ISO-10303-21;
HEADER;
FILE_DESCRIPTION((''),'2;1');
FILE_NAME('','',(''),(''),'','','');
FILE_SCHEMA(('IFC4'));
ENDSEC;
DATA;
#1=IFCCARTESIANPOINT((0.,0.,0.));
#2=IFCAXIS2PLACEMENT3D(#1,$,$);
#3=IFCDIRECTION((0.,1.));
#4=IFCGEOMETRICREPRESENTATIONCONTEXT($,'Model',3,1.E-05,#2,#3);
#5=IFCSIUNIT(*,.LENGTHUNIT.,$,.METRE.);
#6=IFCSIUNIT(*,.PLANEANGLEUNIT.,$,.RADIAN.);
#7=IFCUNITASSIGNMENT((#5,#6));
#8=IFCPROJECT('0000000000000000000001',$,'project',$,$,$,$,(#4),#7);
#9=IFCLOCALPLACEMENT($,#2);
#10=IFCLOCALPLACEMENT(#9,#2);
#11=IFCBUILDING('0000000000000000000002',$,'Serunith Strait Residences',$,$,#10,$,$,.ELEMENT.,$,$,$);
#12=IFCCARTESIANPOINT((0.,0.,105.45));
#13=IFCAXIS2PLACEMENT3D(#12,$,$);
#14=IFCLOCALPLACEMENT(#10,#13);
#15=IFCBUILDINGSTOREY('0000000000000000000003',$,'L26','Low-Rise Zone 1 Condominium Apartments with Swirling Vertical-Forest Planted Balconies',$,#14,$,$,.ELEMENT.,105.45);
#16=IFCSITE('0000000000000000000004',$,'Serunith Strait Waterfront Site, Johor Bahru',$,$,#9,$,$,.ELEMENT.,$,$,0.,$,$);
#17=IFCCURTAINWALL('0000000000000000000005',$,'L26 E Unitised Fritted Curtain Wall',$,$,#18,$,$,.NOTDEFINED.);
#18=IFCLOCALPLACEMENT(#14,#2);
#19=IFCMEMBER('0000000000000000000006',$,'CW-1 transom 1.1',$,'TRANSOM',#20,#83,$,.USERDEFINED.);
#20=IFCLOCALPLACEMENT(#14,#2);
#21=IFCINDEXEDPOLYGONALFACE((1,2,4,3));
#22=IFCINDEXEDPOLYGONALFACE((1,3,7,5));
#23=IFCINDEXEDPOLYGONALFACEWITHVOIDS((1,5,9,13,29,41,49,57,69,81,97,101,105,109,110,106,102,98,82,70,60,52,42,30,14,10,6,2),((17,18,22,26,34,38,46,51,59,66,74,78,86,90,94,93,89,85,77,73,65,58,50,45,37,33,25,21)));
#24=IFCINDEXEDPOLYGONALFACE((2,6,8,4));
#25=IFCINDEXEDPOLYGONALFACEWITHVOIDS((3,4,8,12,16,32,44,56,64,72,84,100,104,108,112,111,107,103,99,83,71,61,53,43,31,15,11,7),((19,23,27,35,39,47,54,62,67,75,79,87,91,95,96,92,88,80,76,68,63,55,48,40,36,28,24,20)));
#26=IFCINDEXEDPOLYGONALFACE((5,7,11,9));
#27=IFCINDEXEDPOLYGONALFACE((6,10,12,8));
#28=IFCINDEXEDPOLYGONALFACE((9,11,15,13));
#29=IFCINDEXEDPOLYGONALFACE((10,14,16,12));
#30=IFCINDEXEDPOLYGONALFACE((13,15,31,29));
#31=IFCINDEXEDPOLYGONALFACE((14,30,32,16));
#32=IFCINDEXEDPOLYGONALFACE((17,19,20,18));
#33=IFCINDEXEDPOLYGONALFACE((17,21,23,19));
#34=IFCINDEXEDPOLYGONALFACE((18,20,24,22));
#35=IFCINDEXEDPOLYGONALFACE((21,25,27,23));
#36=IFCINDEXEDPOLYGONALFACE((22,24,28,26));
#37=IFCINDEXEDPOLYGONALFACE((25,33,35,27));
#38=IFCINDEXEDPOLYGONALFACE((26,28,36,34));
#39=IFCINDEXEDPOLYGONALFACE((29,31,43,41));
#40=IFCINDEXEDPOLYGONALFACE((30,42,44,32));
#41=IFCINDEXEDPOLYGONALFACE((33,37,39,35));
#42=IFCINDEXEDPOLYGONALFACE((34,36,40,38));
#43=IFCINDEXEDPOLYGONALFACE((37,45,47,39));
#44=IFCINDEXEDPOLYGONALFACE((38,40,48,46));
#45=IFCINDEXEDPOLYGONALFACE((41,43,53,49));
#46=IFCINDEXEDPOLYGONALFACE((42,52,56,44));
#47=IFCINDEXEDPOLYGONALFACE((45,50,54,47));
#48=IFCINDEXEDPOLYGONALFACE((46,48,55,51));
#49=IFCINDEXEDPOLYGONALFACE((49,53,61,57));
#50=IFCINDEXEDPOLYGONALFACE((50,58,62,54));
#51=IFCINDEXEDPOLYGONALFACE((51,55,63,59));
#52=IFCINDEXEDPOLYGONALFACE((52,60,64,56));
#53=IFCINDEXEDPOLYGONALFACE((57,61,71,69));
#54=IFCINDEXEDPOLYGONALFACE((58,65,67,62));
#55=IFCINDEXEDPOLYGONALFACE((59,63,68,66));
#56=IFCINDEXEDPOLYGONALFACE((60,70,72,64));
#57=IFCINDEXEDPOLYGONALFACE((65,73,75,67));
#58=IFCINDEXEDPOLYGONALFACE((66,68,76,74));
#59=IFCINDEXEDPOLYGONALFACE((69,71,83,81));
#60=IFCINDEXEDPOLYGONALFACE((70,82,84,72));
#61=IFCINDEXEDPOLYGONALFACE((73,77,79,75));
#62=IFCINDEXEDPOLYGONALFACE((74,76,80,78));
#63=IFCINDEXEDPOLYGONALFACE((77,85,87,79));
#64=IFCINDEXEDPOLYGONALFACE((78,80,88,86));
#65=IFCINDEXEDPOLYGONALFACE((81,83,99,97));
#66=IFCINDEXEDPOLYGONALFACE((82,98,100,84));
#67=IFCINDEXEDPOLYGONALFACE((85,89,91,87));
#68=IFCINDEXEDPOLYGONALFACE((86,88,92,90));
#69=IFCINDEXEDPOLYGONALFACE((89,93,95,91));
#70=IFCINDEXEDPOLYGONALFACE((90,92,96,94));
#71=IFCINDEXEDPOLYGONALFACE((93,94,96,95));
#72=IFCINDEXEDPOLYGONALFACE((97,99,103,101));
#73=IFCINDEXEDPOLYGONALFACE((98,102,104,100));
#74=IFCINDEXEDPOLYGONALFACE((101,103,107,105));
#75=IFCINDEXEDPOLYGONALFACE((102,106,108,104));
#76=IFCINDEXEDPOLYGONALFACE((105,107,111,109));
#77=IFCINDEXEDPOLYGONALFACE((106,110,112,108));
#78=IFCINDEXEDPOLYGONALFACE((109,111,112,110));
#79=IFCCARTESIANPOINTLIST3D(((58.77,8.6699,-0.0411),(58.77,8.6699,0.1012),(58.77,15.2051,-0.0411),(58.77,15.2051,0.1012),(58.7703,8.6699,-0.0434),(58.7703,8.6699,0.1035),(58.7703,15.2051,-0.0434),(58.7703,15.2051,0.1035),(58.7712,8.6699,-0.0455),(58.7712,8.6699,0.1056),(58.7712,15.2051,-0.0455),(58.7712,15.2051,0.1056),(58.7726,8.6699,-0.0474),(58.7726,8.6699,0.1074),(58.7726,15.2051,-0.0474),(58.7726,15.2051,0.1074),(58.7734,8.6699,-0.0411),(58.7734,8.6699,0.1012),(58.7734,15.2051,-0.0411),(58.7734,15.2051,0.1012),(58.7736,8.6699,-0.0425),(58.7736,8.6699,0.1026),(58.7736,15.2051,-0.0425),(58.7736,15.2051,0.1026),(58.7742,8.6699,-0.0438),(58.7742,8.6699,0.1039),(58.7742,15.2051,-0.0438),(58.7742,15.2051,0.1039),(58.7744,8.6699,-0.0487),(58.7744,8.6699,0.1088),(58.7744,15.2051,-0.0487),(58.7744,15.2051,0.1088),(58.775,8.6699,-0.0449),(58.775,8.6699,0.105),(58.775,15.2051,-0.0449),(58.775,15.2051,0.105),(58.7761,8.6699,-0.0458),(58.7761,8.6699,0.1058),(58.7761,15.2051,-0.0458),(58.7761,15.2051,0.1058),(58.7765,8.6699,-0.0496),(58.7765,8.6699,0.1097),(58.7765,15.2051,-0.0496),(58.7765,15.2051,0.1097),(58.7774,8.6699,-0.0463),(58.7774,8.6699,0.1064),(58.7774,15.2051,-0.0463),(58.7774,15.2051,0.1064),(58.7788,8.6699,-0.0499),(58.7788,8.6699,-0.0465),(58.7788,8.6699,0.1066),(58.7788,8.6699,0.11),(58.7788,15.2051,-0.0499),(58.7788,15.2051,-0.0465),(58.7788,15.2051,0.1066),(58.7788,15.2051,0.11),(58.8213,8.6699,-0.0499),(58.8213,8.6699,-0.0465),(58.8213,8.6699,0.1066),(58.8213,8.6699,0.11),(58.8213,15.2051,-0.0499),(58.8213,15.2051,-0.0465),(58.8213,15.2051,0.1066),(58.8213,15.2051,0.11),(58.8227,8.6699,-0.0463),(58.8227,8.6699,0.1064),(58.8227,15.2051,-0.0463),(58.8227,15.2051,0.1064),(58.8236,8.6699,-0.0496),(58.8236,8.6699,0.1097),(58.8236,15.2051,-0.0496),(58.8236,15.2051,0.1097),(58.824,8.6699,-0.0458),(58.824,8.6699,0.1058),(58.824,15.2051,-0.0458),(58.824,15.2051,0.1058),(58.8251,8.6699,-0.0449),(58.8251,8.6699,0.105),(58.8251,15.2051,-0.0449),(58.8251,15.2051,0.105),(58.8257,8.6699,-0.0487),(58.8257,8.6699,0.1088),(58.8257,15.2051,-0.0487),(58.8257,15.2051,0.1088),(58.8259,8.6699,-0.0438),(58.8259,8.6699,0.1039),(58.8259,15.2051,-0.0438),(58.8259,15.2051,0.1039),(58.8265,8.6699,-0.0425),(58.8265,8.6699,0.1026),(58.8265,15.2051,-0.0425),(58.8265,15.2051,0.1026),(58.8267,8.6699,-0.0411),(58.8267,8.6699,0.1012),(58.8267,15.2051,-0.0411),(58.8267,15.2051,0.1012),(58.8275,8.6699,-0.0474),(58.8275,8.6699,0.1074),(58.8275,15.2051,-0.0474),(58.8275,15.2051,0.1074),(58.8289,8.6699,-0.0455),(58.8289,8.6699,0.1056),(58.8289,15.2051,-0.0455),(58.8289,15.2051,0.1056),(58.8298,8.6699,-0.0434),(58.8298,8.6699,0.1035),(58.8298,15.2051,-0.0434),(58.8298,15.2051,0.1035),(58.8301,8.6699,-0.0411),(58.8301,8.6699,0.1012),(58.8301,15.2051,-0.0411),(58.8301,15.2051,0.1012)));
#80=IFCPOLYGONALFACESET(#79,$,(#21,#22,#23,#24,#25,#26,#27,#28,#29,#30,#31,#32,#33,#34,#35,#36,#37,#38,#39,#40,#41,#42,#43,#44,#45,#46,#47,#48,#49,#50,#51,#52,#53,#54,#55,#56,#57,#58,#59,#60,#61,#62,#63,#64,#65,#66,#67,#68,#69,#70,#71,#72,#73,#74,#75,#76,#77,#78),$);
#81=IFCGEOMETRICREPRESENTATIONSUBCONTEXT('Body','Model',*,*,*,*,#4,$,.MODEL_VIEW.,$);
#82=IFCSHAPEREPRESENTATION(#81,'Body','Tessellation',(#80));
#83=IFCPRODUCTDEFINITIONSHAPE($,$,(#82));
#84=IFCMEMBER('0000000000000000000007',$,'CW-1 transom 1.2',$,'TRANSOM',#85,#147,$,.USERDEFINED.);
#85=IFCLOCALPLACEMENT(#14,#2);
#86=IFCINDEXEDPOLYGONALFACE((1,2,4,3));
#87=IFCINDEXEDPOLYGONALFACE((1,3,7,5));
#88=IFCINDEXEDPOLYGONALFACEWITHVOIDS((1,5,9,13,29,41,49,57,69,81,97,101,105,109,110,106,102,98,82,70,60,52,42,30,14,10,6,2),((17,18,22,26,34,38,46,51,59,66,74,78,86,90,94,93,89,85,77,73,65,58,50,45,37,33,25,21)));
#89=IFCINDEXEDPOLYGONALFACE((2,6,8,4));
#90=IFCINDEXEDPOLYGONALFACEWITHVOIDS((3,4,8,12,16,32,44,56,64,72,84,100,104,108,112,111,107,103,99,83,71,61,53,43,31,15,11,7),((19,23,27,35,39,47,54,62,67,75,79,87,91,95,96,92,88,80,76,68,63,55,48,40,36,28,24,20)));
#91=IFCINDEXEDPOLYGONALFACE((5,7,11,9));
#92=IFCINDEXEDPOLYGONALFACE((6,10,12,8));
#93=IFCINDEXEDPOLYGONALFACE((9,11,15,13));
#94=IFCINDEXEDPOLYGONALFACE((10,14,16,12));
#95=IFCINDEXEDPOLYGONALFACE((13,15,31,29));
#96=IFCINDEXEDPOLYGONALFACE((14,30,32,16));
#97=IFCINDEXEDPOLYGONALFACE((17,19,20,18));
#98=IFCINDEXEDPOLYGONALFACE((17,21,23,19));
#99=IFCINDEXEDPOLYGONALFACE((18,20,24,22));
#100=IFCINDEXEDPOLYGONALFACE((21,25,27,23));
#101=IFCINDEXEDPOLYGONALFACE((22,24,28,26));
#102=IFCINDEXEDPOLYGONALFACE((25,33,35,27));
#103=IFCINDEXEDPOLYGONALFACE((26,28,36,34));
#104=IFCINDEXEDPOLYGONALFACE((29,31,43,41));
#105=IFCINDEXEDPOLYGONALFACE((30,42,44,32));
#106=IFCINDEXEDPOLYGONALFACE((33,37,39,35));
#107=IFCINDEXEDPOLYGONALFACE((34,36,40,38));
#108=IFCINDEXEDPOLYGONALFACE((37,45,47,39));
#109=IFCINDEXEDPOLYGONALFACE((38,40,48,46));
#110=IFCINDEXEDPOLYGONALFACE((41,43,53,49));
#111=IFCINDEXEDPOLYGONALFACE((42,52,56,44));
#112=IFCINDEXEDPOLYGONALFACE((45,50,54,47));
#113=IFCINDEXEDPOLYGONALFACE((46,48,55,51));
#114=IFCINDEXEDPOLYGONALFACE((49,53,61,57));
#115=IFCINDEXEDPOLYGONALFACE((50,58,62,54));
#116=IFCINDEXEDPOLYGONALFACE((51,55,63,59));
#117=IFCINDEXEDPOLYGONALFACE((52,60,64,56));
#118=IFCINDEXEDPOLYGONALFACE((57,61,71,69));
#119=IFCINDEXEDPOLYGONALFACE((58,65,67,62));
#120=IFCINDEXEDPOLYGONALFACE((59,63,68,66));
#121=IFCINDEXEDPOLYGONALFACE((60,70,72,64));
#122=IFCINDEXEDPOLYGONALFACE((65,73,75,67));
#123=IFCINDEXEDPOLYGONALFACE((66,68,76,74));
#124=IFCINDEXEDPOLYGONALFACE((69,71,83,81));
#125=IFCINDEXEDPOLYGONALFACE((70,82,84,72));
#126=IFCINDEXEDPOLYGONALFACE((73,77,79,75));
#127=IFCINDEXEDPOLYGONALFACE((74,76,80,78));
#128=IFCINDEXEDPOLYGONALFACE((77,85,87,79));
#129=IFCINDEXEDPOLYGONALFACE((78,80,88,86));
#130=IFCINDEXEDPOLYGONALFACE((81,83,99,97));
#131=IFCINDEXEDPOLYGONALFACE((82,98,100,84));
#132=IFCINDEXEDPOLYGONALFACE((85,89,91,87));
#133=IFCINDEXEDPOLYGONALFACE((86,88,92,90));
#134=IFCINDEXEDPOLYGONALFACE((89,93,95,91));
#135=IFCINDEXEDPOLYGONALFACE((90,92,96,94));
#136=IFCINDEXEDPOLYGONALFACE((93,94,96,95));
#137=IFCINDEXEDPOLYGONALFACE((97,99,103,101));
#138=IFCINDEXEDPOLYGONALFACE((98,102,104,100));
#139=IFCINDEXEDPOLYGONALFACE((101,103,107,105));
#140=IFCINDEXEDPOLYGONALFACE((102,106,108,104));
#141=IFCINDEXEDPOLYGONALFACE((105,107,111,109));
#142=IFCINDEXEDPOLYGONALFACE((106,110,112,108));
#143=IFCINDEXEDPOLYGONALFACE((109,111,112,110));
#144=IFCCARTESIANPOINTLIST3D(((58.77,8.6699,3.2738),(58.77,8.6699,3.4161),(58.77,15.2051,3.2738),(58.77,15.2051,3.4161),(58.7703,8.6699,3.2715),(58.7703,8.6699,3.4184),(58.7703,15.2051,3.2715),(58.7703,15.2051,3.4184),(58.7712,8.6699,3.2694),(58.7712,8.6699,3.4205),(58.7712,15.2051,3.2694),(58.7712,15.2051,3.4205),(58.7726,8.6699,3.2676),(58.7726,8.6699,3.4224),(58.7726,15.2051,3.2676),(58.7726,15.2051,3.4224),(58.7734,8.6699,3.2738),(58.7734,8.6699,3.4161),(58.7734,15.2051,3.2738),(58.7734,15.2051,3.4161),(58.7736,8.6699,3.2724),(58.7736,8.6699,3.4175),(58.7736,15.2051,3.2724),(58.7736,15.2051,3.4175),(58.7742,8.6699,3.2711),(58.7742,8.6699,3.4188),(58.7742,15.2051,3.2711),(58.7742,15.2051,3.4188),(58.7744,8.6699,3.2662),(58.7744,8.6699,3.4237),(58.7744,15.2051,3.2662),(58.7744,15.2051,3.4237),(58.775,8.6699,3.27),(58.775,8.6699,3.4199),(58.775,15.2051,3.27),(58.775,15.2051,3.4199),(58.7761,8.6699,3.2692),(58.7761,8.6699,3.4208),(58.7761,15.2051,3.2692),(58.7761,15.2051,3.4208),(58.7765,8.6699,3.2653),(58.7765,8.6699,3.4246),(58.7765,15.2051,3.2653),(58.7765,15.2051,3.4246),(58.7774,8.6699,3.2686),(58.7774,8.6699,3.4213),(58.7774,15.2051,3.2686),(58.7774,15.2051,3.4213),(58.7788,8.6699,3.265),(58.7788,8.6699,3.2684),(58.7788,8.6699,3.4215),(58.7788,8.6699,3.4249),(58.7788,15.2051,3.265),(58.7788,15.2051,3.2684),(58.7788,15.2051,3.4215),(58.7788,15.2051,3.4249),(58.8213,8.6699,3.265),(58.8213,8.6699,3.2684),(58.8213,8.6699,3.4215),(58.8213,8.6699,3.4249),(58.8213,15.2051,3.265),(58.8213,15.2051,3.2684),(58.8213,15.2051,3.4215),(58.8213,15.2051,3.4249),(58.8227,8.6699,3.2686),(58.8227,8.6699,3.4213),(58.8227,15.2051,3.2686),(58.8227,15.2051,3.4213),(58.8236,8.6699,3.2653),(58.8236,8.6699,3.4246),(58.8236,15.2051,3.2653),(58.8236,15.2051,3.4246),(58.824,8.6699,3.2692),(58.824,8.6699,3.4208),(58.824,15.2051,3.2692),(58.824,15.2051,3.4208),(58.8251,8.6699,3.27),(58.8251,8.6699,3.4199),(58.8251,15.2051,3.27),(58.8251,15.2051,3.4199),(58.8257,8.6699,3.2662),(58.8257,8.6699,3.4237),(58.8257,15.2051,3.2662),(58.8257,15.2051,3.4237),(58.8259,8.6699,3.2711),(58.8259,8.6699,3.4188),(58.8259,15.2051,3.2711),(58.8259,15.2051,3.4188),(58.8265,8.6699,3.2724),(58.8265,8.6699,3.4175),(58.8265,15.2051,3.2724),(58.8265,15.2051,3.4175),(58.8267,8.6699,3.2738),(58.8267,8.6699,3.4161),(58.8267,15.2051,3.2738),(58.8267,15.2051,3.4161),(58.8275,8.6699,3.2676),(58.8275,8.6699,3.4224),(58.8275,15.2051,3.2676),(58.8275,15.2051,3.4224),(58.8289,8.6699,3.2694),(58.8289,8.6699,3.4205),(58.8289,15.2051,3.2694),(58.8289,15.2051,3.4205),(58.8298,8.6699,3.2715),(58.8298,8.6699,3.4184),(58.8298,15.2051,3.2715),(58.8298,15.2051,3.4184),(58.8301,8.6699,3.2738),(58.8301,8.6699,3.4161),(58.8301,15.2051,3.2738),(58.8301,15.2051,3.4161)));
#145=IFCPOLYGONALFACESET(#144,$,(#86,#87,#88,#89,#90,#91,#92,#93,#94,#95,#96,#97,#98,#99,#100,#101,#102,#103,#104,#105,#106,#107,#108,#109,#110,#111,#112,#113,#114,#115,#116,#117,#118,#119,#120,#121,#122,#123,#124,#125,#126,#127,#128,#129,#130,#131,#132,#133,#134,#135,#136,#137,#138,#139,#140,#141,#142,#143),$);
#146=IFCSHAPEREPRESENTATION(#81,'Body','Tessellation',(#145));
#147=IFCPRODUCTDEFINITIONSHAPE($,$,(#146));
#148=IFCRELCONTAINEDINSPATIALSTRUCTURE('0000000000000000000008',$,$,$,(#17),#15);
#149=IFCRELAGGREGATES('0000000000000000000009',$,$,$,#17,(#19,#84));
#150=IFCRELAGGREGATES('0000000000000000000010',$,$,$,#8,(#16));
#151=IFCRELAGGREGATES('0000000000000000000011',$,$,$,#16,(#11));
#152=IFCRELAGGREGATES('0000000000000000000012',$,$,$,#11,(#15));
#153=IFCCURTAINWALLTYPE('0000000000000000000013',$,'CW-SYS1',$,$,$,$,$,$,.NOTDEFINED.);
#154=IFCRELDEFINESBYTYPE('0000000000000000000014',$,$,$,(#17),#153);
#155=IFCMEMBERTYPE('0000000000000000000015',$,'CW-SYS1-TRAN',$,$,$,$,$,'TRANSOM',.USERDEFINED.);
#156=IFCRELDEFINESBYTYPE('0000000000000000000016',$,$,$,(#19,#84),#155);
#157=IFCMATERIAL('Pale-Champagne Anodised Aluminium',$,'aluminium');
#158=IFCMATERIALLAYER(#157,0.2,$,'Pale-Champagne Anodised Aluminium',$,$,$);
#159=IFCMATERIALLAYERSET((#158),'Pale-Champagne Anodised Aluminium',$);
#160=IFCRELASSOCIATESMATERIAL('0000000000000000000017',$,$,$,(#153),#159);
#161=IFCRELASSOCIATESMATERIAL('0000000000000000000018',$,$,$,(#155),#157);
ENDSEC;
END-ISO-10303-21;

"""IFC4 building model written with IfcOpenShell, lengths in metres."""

from ifc_helpers import new_model, si_unit, direction, frame, origin, origin_2d, place, context, subcontext, project, spatial, hollow_rectangle, extrude, source, transform, mapped, material, layer, layer_set, material_profile, profile_set, type_object, element, aggregate, save


model = new_model("IFC4")

# Units and contexts
model_context = context("Model", 3, precision=1e-05, world=origin(), true_north=direction((0.0, 1.0)))
body_context = subcontext(model_context, "Body", "Model", "MODEL_VIEW")
ifc_project = project(units=[si_unit("LENGTHUNIT", "METRE"), si_unit("PLANEANGLEUNIT", "RADIAN")], contexts=[model_context])

# Site, building, storey
site_placement = place(None, origin())
site = spatial("IfcSite", under=ifc_project, at=site_placement, Name="Serunith Strait Waterfront Site, Johor Bahru", CompositionType="ELEMENT", RefElevation=0.0)
building_placement = place(site_placement, origin())
building = spatial("IfcBuilding", under=site, at=building_placement, Name="Serunith Strait Residences", CompositionType="ELEMENT")
storey_placement = place(building_placement, frame((0.0, 0.0, 105.45)))
storey = spatial("IfcBuildingStorey", under=building, at=storey_placement, Name="L26", Description="Low-Rise Zone 1 Condominium Apartments with Swirling Vertical-Forest Planted Balconies", CompositionType="ELEMENT", Elevation=105.45)

# Curtain wall, members
ifc_material_1 = material(Name="Pale-Champagne Anodised Aluminium", Category="aluminium")
ifc_layer_1 = layer(ifc_material_1, 0.2, Name="Pale-Champagne Anodised Aluminium")
ifc_layer_set_1 = layer_set([ifc_layer_1], Name="Pale-Champagne Anodised Aluminium")
curtain_wall_type = type_object("IfcCurtainWallType", Name="CW-SYS1", PredefinedType="NOTDEFINED", material=ifc_layer_set_1)
curtain_wall_1_placement = place(storey_placement, origin())
curtain_wall_1 = element("IfcCurtainWall", 1, at=curtain_wall_1_placement, inside=storey, type_object=curtain_wall_type, Name="L26 E Unitised Fritted Curtain Wall", PredefinedType="NOTDEFINED")
ifc_material_profile_1 = material_profile(ifc_material_1, hollow_rectangle(XDim=0.0601, YDim=0.1599, WallThickness=0.0034, InnerFilletRadius=0.0054, OuterFilletRadius=0.0088, at=origin_2d()), Name="ALU 160x60x3.5")
ifc_profile_set_1 = profile_set([ifc_material_profile_1], Name="Pale-Champagne Anodised Aluminium")
member_type_1 = type_object("IfcMemberType", Name="CW-SYS1-TRAN", ElementType="TRANSOM", PredefinedType="USERDEFINED", material=ifc_profile_set_1)
shared_shape_1 = source(origin(), body_context, "Body", "SweptSolid", [
    extrude(hollow_rectangle(XDim=0.0601, YDim=0.1599, WallThickness=0.0034, InnerFilletRadius=0.0054, OuterFilletRadius=0.0088, at=origin_2d()), origin(), (0.0, 0.0, 1.0), 6.5352),
])
member_1_placement = place(storey_placement, frame((58.8, 8.6699, 0.03), z_axis=(0.0, 1.0, 0.0), x_axis=(-1.0, 0.0, 0.0)))
member_1 = element("IfcMember", 2, at=member_1_placement, type_object=member_type_1, Name="CW-1 transom 1.1", ObjectType="TRANSOM", PredefinedType="USERDEFINED", context=body_context, shape_type="MappedRepresentation", body=[
    mapped(shared_shape_1, transform((0.0, 0.0, 0.0), scale=1.0)),
])
member_2_placement = place(storey_placement, frame((58.8, 8.6699, 3.345), z_axis=(0.0, 1.0, 0.0), x_axis=(-1.0, 0.0, 0.0)))
member_2 = element("IfcMember", 3, at=member_2_placement, type_object=member_type_1, Name="CW-1 transom 1.2", ObjectType="TRANSOM", PredefinedType="USERDEFINED", context=body_context, shape_type="MappedRepresentation", body=[
    mapped(shared_shape_1, transform((0.0, 0.0, 0.0), scale=1.0)),
])

aggregate(curtain_wall_1, [member_1, member_2])

save(model, "model.ifc")
